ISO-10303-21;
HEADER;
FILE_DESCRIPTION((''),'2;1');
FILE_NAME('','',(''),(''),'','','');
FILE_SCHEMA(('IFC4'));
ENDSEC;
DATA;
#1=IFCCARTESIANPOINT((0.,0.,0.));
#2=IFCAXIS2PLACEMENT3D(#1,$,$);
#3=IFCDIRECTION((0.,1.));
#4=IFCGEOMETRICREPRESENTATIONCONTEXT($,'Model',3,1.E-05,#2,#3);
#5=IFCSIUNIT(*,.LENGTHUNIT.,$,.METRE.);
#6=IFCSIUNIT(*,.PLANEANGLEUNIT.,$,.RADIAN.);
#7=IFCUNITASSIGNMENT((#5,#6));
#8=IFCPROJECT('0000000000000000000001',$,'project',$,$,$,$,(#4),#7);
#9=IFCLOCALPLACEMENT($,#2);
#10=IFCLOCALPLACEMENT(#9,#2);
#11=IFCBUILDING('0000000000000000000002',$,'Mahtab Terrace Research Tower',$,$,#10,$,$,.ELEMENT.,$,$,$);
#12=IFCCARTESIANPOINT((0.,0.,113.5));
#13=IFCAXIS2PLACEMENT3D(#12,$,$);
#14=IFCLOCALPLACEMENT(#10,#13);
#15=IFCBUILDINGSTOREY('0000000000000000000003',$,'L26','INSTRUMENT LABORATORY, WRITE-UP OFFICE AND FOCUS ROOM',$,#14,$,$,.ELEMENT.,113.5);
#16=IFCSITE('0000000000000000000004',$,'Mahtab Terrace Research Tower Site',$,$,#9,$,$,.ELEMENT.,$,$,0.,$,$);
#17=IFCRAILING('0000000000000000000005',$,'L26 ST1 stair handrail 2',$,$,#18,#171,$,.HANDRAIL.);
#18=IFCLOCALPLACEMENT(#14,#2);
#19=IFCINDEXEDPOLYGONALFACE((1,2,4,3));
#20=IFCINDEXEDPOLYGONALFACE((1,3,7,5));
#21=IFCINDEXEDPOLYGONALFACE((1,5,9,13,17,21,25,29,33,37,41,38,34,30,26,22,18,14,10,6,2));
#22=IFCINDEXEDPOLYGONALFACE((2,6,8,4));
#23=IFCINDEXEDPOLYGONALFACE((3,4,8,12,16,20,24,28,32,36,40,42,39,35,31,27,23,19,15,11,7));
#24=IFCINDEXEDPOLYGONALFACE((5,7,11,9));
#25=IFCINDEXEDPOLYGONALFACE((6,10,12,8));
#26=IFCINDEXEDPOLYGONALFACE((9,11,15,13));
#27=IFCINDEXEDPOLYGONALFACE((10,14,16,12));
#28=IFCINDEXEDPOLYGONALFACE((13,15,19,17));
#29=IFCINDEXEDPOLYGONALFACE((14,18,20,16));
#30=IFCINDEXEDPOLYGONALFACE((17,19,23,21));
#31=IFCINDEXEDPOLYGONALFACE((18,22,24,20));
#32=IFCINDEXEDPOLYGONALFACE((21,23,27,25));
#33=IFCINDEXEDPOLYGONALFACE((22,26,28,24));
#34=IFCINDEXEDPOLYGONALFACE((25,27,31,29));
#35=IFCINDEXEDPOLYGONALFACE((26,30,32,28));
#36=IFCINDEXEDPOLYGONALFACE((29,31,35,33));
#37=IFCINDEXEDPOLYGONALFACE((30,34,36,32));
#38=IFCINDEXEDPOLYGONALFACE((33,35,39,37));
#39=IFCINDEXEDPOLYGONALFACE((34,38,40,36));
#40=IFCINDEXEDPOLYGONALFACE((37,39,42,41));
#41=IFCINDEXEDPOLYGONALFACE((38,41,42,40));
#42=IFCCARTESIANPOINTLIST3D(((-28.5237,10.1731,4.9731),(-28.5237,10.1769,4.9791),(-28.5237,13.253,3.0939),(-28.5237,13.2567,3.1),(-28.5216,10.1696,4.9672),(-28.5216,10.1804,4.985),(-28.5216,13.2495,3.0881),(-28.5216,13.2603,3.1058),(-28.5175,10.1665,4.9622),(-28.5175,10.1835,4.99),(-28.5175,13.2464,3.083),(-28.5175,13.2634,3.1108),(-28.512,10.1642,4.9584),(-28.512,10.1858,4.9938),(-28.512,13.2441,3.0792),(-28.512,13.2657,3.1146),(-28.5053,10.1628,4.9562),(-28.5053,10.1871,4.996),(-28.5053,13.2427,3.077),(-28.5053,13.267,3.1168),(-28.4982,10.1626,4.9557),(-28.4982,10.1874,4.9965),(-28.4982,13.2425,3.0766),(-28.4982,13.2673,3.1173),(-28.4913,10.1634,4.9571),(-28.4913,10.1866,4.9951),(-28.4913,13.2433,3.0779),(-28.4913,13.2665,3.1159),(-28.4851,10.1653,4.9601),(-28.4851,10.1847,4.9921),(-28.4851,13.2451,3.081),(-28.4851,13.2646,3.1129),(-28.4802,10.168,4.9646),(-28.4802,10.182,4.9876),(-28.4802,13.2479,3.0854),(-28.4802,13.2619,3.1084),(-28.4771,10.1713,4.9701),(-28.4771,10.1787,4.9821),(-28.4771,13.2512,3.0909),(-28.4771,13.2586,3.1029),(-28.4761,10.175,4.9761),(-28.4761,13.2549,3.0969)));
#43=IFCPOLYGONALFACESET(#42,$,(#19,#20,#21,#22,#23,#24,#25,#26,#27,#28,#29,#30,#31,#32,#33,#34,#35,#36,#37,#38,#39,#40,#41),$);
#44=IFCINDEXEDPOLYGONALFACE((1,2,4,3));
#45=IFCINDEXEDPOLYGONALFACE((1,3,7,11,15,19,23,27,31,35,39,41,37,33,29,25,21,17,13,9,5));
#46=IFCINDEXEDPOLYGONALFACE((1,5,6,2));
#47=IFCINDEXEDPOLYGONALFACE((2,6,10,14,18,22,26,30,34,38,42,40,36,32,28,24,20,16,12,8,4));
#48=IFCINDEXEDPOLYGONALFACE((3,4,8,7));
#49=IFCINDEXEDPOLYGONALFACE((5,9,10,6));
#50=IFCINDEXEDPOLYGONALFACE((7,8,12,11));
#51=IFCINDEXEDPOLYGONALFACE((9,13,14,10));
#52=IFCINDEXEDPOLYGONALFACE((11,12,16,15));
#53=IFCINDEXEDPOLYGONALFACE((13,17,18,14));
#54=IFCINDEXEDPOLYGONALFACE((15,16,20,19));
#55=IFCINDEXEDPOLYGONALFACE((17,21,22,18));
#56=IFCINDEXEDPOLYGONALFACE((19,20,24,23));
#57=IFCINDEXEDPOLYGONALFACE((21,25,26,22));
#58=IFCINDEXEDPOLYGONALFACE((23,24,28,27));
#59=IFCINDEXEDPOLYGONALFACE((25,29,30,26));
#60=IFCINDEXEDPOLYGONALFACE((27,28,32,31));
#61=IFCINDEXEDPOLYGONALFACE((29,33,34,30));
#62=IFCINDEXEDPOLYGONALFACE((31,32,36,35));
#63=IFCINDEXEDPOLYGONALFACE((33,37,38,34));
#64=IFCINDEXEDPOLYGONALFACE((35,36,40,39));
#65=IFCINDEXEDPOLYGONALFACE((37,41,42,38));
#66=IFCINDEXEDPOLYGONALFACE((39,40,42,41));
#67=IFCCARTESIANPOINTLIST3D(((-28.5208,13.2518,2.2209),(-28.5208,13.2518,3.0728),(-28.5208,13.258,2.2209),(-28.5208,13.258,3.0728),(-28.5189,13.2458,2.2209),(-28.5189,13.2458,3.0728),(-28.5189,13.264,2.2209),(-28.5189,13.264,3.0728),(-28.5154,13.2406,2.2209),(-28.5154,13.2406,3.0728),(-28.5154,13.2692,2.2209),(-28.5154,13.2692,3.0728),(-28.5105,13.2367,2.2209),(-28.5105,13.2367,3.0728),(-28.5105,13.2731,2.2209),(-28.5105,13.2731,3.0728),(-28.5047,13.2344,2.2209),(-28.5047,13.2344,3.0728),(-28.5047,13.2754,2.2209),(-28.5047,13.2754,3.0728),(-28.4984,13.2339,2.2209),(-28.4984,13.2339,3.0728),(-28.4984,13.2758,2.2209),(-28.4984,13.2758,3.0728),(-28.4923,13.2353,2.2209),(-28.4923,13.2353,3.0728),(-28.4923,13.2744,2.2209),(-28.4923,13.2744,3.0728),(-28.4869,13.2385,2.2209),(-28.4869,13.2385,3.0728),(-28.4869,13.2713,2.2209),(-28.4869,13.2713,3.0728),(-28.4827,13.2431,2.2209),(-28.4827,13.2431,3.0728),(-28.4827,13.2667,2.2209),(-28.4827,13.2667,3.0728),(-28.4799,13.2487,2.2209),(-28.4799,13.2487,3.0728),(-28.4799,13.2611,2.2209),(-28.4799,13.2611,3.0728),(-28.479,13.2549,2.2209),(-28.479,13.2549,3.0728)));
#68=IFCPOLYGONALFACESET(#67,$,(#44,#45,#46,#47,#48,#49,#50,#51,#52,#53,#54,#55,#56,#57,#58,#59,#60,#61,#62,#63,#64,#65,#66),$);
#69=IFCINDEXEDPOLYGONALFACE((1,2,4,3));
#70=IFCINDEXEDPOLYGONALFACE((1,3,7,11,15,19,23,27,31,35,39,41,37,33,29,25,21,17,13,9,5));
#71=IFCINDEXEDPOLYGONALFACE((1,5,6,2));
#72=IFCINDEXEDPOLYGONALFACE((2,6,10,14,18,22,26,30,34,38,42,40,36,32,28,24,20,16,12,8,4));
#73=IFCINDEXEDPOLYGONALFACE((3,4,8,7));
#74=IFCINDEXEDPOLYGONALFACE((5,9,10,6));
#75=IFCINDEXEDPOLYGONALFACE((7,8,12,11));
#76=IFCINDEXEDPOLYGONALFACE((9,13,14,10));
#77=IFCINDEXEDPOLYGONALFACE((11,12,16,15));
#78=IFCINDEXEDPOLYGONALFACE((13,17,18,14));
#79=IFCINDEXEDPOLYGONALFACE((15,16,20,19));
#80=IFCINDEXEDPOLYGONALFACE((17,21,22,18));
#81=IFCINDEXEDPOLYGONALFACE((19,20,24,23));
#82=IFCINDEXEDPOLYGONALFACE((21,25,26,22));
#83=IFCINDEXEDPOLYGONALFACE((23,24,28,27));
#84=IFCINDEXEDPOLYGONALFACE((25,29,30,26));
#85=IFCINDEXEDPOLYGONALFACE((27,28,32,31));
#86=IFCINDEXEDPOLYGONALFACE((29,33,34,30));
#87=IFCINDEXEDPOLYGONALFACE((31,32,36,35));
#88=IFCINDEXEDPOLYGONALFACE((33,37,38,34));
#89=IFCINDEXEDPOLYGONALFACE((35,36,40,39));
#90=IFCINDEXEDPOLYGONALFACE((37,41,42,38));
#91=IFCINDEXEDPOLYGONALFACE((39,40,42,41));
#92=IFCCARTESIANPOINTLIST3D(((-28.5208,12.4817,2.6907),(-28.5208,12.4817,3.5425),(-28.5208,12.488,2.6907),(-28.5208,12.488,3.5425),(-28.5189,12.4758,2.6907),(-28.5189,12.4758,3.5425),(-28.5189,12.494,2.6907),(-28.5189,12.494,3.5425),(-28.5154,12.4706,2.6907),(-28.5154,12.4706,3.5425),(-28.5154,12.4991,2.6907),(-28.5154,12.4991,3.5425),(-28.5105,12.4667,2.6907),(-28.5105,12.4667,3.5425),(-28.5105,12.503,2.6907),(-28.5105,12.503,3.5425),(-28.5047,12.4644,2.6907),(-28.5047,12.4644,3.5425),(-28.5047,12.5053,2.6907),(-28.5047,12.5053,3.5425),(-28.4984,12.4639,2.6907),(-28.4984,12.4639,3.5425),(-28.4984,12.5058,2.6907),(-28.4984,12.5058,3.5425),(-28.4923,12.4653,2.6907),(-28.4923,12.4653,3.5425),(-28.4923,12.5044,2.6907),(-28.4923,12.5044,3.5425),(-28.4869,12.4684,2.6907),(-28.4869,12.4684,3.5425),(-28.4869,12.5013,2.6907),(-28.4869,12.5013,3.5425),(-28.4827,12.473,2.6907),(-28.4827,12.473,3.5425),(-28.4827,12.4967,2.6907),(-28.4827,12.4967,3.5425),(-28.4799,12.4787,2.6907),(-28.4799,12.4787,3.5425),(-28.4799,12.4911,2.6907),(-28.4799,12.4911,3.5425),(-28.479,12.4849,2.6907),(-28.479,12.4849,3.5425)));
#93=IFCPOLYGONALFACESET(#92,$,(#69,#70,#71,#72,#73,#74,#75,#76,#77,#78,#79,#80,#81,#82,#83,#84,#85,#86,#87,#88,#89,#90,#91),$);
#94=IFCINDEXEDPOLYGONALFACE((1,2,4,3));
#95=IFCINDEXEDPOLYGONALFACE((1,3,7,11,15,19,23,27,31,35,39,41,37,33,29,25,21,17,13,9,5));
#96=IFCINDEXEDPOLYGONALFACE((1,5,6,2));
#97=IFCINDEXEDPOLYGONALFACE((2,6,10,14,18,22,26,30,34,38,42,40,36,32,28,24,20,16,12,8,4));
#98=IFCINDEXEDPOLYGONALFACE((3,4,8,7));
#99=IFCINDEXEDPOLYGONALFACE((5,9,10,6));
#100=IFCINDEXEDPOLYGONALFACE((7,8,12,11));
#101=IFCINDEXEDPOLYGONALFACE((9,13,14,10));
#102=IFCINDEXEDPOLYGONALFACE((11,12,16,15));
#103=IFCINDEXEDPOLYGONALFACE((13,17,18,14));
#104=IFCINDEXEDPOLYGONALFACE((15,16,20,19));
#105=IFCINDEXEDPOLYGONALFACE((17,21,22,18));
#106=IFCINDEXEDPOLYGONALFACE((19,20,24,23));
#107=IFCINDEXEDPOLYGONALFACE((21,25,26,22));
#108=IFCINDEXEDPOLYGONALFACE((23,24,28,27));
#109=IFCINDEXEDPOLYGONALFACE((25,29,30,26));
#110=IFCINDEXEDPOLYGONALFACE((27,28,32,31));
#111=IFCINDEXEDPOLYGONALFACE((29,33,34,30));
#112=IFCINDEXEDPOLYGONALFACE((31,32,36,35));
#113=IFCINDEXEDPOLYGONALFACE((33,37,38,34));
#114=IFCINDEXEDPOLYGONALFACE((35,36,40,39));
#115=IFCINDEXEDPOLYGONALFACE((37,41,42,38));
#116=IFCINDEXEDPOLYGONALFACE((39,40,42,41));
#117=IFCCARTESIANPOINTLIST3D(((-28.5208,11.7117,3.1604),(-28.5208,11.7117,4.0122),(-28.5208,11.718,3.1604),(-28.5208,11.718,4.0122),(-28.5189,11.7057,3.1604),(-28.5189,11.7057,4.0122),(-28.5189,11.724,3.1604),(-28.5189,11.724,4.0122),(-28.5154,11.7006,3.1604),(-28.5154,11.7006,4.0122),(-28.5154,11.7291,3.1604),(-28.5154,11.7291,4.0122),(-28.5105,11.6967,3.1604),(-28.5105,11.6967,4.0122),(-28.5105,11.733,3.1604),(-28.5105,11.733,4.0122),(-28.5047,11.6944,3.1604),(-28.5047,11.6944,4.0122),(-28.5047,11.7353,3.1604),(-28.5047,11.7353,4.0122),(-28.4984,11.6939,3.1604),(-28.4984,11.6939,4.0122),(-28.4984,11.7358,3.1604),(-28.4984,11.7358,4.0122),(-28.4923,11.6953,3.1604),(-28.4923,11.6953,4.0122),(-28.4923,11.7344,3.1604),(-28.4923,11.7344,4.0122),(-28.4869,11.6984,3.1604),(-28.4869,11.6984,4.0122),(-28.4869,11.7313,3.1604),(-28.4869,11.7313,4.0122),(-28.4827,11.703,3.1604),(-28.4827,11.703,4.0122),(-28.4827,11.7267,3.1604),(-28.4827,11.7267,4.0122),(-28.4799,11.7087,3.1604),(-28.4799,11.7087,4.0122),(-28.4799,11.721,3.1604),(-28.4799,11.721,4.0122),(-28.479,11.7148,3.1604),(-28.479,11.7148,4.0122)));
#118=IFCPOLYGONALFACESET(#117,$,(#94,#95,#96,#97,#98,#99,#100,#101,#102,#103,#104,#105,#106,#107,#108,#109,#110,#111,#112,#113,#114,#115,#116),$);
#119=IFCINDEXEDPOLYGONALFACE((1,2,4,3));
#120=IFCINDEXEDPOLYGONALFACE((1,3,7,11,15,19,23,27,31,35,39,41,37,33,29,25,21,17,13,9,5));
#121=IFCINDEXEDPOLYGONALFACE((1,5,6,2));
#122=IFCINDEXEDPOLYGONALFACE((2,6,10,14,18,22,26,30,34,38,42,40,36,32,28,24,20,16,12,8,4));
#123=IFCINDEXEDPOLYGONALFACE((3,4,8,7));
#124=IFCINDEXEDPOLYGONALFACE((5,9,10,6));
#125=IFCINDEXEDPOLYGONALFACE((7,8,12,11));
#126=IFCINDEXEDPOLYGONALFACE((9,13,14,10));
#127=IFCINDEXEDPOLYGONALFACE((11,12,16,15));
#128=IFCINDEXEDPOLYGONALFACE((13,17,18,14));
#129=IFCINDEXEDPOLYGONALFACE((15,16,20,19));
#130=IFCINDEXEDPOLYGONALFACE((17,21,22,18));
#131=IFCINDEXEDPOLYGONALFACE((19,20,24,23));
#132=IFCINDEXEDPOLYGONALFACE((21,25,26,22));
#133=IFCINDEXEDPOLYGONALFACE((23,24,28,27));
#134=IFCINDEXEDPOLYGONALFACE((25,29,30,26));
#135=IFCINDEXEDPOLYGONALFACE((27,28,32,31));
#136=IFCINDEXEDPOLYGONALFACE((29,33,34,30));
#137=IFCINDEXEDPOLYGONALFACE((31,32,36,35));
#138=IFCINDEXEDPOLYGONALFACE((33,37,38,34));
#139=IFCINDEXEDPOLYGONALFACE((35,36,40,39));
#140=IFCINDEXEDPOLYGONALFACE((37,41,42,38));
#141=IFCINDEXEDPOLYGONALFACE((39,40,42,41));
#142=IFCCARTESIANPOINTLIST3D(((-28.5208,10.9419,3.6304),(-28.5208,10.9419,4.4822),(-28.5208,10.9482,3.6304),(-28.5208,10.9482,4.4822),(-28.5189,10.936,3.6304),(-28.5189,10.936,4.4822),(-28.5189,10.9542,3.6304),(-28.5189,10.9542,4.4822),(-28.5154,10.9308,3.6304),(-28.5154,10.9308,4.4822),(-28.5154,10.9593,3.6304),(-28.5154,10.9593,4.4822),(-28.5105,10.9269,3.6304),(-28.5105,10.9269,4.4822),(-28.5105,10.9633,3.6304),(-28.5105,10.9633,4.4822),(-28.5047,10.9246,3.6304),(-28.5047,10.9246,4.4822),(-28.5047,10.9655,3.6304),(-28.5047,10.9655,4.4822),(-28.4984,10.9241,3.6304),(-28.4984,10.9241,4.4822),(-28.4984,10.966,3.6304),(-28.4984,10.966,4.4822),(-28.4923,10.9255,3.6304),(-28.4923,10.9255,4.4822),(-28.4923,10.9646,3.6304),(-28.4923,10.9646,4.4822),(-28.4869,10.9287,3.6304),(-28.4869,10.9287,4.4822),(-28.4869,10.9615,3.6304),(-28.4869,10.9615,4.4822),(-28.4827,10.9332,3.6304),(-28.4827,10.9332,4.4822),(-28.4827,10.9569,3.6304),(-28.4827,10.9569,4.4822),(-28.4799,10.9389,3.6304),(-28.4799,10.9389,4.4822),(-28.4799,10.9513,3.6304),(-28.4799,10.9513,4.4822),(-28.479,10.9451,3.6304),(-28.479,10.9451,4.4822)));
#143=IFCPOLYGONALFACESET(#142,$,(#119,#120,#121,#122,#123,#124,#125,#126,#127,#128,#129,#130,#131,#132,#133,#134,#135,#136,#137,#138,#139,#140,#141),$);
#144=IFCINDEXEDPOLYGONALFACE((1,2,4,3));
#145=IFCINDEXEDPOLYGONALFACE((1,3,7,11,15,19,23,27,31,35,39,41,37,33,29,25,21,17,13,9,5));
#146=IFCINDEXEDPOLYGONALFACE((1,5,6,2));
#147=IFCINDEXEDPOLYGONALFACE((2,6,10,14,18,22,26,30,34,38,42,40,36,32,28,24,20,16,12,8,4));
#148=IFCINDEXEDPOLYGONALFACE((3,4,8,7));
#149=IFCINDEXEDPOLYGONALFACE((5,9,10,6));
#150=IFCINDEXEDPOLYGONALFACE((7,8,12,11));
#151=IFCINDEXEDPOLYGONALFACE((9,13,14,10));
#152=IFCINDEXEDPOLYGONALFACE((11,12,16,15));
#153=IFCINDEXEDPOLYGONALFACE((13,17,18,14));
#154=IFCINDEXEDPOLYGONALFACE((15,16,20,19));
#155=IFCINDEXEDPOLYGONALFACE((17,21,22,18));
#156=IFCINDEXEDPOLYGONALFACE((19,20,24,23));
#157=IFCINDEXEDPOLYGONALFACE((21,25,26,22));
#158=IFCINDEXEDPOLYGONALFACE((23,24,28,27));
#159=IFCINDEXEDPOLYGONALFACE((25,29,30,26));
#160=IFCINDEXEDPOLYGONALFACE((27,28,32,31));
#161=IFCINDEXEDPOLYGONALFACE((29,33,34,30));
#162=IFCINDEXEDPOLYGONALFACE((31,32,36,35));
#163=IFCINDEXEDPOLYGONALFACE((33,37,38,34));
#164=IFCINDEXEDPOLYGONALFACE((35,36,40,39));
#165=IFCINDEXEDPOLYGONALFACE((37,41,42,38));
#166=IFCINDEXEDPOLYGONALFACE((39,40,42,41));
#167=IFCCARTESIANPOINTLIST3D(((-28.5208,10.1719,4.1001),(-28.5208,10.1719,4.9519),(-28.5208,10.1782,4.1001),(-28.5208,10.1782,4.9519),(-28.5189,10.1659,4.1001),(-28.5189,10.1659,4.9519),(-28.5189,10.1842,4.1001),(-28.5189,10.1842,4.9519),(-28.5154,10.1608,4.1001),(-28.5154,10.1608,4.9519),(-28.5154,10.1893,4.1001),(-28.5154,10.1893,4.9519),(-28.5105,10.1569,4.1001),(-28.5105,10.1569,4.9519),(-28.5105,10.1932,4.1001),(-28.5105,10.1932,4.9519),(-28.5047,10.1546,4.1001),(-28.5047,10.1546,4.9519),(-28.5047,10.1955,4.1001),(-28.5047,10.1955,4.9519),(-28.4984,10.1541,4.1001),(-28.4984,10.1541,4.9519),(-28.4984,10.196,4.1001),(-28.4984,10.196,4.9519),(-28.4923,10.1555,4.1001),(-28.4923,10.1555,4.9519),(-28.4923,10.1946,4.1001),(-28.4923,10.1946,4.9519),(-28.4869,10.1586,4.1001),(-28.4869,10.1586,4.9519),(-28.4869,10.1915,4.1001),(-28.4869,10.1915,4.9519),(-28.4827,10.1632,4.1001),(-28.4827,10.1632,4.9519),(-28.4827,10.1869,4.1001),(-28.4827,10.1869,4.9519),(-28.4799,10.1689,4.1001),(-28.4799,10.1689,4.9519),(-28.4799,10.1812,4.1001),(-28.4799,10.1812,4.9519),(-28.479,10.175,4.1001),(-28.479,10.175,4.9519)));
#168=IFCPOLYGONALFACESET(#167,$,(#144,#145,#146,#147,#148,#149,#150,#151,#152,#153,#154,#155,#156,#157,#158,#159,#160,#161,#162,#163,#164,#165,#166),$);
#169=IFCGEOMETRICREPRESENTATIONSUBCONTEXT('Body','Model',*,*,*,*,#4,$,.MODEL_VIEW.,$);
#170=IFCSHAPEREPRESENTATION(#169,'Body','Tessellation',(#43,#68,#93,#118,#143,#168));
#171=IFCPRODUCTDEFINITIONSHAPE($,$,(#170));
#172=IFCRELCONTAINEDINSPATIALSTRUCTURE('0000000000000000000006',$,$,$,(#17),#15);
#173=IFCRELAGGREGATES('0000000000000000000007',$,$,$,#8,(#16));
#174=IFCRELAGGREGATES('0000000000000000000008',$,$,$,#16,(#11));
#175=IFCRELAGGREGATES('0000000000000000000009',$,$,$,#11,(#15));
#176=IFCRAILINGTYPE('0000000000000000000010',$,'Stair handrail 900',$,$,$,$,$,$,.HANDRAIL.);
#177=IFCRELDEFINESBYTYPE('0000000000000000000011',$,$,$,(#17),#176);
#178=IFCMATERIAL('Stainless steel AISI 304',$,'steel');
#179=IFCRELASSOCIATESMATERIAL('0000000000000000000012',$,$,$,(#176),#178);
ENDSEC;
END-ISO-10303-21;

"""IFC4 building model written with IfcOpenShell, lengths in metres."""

from ifc_helpers import new_model, si_unit, direction, frame, origin, origin_2d, place, context, subcontext, project, spatial, circle, extrude, material, type_object, element, save


model = new_model("IFC4")

# Units and contexts
model_context = context("Model", 3, precision=1e-05, world=origin(), true_north=direction((0.0, 1.0)))
body_context = subcontext(model_context, "Body", "Model", "MODEL_VIEW")
ifc_project = project(units=[si_unit("LENGTHUNIT", "METRE"), si_unit("PLANEANGLEUNIT", "RADIAN")], contexts=[model_context])

# Site, building, storey
site_placement = place(None, origin())
site = spatial("IfcSite", under=ifc_project, at=site_placement, Name="Mahtab Terrace Research Tower Site", CompositionType="ELEMENT", RefElevation=0.0)
building_placement = place(site_placement, origin())
building = spatial("IfcBuilding", under=site, at=building_placement, Name="Mahtab Terrace Research Tower", CompositionType="ELEMENT")
storey_placement = place(building_placement, frame((0.0, 0.0, 113.5)))
storey = spatial("IfcBuildingStorey", under=building, at=storey_placement, Name="L26", Description="INSTRUMENT LABORATORY, WRITE-UP OFFICE AND FOCUS ROOM", CompositionType="ELEMENT", Elevation=113.5)

# Railing
ifc_material_1 = material(Name="Stainless steel AISI 304", Category="steel")
railing_type_1 = type_object("IfcRailingType", Name="Stair handrail 900", PredefinedType="HANDRAIL", material=ifc_material_1)
railing_1_placement = place(storey_placement, frame((-28.5, 13.2549, 2.2209)))
element("IfcRailing", 1, at=railing_1_placement, inside=storey, type_object=railing_type_1, Name="L26 ST1 stair handrail 2", PredefinedType="HANDRAIL", context=body_context, shape_type="SweptSolid", body=[
    extrude(circle(Radius=0.0239, at=origin_2d()), frame((0.0, 0.0, 0.876), z_axis=(0.0, -0.853648, 0.52085), x_axis=(1.0, 0.0, 0.0)), (0.0, 0.0, 1.0), 3.6079),
    extrude(circle(Radius=0.021, at=origin_2d()), origin(), (0.0, 0.0, 1.0), 0.8518),
    extrude(circle(Radius=0.021, at=origin_2d()), frame((0.0, -0.77, 0.4697)), (0.0, 0.0, 1.0), 0.8518),
    extrude(circle(Radius=0.021, at=origin_2d()), frame((0.0, -1.54, 0.9395)), (0.0, 0.0, 1.0), 0.8518),
    extrude(circle(Radius=0.021, at=origin_2d()), frame((0.0, -2.3098, 1.4094)), (0.0, 0.0, 1.0), 0.8518),
    extrude(circle(Radius=0.021, at=origin_2d()), frame((0.0, -3.0798, 1.8792)), (0.0, 0.0, 1.0), 0.8518),
])

save(model, "model.ifc")
